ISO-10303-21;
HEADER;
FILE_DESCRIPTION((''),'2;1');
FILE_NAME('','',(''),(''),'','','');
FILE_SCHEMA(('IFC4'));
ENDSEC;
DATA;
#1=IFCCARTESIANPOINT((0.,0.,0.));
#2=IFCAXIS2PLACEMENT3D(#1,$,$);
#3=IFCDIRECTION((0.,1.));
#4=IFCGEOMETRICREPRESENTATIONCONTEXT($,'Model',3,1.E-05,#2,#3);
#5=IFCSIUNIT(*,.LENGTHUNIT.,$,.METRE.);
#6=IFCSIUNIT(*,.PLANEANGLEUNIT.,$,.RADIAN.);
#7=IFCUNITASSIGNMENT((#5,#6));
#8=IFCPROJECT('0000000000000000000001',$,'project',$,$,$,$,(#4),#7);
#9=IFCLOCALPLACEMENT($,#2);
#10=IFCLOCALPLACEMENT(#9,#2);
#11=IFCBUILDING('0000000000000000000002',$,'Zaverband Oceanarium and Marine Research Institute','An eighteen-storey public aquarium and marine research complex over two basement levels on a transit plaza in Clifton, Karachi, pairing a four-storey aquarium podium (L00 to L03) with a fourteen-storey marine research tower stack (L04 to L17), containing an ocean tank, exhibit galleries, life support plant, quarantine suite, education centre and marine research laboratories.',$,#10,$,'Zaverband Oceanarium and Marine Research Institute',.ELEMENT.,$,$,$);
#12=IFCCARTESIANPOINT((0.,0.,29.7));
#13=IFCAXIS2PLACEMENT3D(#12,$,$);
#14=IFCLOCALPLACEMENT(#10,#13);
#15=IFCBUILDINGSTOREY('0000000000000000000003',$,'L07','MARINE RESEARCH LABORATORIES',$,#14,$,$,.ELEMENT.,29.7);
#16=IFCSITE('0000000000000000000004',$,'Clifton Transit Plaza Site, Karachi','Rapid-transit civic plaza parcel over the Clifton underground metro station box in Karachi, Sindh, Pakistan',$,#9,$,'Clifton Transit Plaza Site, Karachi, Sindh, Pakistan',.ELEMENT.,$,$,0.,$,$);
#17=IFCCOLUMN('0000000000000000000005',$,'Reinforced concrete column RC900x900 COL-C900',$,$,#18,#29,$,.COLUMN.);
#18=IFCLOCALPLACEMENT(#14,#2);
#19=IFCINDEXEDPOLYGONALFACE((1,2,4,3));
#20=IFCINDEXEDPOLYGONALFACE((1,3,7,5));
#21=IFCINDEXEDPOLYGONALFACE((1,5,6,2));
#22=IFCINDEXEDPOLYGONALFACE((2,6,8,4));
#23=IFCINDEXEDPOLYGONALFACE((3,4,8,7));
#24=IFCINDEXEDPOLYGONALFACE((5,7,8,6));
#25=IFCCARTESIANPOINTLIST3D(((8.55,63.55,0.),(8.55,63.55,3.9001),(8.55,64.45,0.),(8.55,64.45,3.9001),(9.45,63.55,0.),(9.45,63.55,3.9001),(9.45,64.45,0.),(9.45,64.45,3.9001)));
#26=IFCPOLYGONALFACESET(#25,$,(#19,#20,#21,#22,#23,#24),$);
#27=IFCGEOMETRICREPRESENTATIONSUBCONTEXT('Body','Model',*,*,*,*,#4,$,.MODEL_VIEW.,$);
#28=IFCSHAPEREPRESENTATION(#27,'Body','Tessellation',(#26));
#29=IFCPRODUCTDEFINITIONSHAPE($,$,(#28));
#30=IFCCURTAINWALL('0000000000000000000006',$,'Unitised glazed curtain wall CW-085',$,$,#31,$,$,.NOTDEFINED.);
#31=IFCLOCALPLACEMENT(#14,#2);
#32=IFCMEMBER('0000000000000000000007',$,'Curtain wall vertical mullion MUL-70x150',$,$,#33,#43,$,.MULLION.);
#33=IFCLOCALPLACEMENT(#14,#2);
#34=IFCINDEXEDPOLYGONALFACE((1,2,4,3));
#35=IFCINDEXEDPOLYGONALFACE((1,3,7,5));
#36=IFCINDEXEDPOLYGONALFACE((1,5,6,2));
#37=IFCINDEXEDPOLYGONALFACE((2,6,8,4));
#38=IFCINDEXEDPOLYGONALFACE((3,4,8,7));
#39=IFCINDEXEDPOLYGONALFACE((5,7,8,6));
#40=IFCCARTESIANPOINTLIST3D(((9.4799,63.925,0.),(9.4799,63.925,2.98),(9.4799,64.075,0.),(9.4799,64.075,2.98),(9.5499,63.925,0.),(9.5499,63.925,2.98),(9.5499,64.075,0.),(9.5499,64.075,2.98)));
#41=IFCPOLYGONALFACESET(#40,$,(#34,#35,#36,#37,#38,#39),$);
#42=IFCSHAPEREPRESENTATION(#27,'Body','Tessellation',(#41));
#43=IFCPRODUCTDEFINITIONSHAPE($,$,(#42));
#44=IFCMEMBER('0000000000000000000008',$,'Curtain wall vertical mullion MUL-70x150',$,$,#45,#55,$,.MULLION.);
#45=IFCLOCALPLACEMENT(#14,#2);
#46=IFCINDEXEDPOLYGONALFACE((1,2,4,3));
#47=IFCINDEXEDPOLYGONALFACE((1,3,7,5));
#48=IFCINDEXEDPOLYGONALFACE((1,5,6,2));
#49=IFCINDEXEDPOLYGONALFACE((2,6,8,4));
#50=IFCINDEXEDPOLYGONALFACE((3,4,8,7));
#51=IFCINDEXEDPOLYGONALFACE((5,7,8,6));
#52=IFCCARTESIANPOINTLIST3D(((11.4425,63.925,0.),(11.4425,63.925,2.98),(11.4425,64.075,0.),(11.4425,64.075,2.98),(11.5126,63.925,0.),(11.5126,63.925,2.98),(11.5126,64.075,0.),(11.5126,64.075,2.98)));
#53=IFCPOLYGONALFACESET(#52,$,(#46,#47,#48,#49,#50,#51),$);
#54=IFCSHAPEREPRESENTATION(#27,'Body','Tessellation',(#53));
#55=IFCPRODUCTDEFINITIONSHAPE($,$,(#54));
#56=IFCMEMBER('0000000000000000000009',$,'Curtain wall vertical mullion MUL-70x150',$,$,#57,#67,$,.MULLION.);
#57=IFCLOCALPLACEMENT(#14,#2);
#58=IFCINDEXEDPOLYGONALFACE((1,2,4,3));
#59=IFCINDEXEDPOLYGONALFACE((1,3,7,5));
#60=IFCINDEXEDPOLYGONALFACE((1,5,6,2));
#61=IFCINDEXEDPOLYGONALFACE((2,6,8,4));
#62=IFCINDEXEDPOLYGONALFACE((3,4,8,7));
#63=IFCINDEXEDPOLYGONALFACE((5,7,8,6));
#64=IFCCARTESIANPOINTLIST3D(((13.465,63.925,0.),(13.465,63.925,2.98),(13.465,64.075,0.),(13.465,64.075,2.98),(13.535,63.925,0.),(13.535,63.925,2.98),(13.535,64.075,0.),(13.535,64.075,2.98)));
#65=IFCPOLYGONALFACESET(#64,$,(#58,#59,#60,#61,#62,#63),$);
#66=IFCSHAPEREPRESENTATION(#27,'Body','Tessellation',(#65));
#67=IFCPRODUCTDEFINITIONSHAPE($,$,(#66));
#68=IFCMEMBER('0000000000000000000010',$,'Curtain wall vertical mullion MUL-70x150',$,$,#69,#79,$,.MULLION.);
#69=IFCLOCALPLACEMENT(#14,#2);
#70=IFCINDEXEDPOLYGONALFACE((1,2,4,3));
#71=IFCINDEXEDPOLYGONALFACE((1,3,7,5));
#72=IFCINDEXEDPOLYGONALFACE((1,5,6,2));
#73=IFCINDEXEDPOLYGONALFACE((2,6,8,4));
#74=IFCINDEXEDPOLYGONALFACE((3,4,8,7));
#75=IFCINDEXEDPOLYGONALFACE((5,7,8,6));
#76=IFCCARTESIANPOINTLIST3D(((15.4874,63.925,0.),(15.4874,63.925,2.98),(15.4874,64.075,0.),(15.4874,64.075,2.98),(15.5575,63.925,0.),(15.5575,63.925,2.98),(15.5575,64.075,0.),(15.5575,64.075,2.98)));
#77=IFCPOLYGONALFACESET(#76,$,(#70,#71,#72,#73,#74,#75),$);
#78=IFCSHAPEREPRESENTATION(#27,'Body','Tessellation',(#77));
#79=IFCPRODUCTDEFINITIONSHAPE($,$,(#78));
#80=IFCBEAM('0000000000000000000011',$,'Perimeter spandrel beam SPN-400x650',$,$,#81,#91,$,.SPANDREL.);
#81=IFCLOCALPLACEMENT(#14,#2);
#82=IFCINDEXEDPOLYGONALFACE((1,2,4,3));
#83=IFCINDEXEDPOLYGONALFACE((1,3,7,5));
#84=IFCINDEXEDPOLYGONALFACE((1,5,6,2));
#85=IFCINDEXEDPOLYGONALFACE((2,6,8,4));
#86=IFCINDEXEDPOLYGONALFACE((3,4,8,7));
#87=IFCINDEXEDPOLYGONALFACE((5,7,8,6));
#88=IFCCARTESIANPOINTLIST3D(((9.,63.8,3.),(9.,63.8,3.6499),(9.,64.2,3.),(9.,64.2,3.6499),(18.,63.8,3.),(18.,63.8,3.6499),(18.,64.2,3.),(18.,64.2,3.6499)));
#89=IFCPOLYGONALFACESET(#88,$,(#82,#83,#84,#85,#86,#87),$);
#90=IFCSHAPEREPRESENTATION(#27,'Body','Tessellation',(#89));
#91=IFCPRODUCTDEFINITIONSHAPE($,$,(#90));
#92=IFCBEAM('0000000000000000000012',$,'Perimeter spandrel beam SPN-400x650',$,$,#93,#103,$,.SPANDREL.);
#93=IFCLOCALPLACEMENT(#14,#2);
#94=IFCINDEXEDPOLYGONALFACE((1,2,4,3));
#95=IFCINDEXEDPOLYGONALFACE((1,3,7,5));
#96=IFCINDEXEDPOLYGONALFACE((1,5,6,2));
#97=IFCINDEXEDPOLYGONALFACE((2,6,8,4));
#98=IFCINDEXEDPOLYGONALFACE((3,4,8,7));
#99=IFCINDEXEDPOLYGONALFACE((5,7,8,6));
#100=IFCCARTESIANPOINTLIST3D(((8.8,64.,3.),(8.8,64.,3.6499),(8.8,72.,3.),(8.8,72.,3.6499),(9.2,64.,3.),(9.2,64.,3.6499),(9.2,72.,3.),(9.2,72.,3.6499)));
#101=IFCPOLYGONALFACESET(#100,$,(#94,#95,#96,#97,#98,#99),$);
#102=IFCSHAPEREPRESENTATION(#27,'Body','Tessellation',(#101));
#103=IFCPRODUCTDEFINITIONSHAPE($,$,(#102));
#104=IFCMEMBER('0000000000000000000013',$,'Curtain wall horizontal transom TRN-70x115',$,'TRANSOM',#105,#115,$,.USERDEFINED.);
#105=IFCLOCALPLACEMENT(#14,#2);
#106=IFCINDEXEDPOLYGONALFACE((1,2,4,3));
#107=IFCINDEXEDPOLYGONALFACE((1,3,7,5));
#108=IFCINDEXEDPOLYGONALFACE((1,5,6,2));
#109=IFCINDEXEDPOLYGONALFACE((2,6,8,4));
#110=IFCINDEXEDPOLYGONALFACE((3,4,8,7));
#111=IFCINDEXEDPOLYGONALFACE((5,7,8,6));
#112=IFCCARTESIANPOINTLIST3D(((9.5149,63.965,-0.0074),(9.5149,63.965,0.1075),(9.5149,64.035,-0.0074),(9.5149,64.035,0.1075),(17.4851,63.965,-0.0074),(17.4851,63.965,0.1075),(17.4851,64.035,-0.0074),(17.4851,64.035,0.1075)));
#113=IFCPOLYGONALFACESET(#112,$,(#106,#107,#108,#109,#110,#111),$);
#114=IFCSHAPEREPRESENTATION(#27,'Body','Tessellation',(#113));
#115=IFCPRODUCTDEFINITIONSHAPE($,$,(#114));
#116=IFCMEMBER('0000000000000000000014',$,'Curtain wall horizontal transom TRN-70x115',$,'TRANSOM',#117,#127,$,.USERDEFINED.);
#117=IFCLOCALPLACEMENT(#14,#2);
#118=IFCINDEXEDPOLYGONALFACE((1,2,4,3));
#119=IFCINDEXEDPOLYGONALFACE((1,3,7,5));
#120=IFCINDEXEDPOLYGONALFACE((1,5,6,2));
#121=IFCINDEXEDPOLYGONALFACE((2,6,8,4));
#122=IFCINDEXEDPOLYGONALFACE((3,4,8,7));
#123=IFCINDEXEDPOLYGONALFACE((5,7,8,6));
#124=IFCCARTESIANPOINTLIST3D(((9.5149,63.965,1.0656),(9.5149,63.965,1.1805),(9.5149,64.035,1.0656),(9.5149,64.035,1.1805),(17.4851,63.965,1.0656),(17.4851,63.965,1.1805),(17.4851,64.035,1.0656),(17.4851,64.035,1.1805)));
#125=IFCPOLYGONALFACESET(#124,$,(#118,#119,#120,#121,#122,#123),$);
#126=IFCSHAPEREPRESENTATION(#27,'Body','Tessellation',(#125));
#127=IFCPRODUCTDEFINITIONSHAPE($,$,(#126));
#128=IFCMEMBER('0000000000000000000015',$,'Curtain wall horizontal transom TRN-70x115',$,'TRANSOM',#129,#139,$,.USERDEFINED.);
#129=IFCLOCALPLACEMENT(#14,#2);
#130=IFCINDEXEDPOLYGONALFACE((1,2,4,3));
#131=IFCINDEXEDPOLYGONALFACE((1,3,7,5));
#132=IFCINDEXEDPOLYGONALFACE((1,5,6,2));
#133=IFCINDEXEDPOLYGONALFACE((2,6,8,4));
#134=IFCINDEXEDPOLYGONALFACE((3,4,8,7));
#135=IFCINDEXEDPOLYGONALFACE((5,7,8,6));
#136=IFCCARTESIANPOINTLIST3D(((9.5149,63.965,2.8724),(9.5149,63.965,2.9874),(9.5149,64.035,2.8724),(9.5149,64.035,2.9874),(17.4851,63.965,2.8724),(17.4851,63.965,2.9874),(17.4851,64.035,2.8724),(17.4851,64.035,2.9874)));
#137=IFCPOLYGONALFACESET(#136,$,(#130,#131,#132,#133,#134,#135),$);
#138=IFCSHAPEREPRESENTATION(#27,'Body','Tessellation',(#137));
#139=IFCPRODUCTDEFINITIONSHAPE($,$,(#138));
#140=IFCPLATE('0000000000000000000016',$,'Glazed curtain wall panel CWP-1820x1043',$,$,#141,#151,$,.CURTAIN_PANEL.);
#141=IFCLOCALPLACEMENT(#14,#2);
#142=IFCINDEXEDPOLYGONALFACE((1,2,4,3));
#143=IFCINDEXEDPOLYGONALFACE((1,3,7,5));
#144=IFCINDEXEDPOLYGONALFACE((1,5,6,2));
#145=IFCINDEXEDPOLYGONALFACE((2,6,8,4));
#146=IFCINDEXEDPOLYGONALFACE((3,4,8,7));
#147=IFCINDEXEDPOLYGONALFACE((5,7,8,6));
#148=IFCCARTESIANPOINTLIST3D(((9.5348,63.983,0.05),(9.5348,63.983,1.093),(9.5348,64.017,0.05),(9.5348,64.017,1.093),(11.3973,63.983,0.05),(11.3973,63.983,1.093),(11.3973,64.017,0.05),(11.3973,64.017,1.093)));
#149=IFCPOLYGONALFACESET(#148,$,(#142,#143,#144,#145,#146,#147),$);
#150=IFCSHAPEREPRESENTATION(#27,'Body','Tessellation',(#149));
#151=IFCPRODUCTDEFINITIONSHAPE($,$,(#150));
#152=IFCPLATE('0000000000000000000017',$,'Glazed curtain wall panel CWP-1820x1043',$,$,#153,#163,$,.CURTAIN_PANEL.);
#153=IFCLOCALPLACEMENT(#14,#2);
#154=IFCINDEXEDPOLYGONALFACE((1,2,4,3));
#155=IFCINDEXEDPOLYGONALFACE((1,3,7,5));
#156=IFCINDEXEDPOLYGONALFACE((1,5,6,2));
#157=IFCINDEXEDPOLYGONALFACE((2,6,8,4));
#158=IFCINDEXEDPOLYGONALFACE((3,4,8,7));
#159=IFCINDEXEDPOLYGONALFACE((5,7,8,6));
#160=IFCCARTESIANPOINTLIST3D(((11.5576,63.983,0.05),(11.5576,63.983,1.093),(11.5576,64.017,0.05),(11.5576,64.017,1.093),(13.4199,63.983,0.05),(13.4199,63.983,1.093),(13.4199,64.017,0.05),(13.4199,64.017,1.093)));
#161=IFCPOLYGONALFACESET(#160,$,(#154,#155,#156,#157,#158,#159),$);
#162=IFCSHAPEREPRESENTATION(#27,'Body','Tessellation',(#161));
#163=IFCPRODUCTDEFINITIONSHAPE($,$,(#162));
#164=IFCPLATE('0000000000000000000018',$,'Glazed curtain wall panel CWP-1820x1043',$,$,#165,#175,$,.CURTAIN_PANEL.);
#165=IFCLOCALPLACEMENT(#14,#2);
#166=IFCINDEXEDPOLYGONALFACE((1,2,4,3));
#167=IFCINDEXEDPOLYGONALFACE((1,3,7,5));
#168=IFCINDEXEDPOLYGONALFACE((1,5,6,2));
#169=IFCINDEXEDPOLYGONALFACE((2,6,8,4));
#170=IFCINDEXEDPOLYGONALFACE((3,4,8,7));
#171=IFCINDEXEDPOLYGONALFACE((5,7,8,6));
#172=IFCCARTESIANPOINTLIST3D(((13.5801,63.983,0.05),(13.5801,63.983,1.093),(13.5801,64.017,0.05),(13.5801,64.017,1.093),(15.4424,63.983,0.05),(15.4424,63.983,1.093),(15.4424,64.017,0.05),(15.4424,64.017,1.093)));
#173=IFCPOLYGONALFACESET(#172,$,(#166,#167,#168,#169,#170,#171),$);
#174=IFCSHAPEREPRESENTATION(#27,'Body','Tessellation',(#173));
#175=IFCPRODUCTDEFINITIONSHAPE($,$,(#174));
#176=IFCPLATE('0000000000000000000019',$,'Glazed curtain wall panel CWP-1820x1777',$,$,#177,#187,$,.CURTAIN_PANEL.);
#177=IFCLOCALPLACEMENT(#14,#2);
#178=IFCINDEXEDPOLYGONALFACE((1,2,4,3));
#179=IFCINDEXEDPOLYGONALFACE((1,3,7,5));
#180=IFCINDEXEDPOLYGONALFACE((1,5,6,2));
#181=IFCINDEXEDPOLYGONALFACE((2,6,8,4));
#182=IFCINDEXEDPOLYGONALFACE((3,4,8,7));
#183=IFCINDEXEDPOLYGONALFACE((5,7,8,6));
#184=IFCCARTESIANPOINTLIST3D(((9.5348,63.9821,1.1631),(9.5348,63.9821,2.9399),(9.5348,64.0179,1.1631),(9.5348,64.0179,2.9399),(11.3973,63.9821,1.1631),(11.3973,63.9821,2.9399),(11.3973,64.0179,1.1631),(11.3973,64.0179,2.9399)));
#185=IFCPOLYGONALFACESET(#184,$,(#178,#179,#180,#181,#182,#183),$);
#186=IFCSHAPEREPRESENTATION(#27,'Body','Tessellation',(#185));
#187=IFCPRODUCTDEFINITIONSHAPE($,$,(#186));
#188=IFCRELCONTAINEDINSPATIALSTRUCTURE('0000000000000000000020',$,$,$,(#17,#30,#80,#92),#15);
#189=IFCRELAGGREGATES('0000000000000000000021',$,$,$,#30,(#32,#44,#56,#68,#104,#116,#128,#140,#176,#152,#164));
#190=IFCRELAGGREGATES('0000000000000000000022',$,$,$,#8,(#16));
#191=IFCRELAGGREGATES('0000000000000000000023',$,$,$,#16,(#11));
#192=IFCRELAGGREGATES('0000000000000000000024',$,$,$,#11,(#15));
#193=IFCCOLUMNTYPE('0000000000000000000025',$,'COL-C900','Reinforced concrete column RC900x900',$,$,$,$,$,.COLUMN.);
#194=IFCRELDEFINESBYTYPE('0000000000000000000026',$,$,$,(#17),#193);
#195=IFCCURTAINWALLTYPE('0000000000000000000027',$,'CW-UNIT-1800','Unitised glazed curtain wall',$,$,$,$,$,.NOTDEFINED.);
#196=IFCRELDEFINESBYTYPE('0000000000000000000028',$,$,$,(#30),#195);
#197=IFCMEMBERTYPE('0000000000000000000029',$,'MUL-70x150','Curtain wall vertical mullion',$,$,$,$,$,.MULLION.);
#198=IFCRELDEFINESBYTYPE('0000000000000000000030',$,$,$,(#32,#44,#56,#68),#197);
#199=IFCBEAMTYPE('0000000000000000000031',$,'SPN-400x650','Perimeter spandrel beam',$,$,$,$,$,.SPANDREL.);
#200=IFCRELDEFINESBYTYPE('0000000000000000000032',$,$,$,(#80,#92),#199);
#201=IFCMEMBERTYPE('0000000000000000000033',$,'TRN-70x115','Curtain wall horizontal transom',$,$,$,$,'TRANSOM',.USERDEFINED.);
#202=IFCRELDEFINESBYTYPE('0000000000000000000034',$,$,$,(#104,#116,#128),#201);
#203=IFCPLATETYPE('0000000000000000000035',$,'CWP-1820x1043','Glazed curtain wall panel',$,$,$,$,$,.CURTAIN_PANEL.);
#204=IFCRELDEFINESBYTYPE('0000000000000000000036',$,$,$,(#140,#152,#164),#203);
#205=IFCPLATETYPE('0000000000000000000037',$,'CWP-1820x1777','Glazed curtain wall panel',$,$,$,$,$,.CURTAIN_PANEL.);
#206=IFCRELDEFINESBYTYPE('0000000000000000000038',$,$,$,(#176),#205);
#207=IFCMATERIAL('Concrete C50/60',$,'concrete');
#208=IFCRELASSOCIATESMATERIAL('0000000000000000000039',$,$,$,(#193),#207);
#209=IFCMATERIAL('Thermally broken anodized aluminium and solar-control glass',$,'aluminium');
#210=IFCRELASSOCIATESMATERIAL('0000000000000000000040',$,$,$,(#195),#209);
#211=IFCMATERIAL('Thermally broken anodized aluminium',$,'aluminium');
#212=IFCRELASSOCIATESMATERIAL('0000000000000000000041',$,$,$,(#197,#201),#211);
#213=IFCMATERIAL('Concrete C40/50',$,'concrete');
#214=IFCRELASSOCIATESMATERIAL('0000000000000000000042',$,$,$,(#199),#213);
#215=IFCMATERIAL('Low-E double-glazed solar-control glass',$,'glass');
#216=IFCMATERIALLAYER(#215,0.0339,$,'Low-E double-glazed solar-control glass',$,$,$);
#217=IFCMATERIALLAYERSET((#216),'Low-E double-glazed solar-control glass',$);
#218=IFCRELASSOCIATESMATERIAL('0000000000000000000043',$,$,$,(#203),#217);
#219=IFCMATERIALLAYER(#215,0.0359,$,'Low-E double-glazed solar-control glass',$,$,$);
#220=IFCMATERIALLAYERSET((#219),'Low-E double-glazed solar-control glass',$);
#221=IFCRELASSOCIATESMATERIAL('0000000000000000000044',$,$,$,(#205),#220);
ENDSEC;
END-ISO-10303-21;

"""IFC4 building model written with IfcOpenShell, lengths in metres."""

from ifc_helpers import new_model, si_unit, direction, frame, frame_2d, origin, origin_2d, place, context, subcontext, project, spatial, rectangle, extrude, material, layer, layer_set, material_profile, profile_set, type_object, element, aggregate, save


model = new_model("IFC4")

# Units and contexts
model_context = context("Model", 3, precision=1e-05, world=origin(), true_north=direction((0.0, 1.0)))
body_context = subcontext(model_context, "Body", "Model", "MODEL_VIEW")
ifc_project = project(units=[si_unit("LENGTHUNIT", "METRE"), si_unit("PLANEANGLEUNIT", "RADIAN")], contexts=[model_context])

# Site, building, storey
site_placement = place(None, origin())
site = spatial("IfcSite", under=ifc_project, at=site_placement, Name="Clifton Transit Plaza Site, Karachi", Description="Rapid-transit civic plaza parcel over the Clifton underground metro station box in Karachi, Sindh, Pakistan", LongName="Clifton Transit Plaza Site, Karachi, Sindh, Pakistan", CompositionType="ELEMENT", RefElevation=0.0)
building_placement = place(site_placement, origin())
building = spatial("IfcBuilding", under=site, at=building_placement, Name="Zaverband Oceanarium and Marine Research Institute", Description="An eighteen-storey public aquarium and marine research complex over two basement levels on a transit plaza in Clifton, Karachi, pairing a four-storey aquarium podium (L00 to L03) with a fourteen-storey marine research tower stack (L04 to L17), containing an ocean tank, exhibit galleries, life support plant, quarantine suite, education centre and marine research laboratories.", LongName="Zaverband Oceanarium and Marine Research Institute", CompositionType="ELEMENT")
storey_placement = place(building_placement, frame((0.0, 0.0, 29.7)))
storey = spatial("IfcBuildingStorey", under=building, at=storey_placement, Name="L07", Description="MARINE RESEARCH LABORATORIES", CompositionType="ELEMENT", Elevation=29.7)

# Column
ifc_material_1 = material(Name="Concrete C50/60", Category="concrete")
ifc_material_profile_1 = material_profile(ifc_material_1, rectangle(XDim=0.8999, YDim=0.8999, at=origin_2d()), Name="RC900x900")
ifc_profile_set_1 = profile_set([ifc_material_profile_1], Name="Concrete C50/60")
column_type = type_object("IfcColumnType", Name="COL-C900", Description="Reinforced concrete column RC900x900", PredefinedType="COLUMN", material=ifc_profile_set_1)
column_placement = place(storey_placement, frame((9.0, 64.0, 0.0), z_axis=(0.0, 0.0, 1.0), x_axis=(1.0, 0.0, 0.0)))
element("IfcColumn", 1, at=column_placement, inside=storey, type_object=column_type, Name="Reinforced concrete column RC900x900 COL-C900", PredefinedType="COLUMN", context=body_context, shape_type="SweptSolid", body=[
    extrude(rectangle(XDim=0.8999, YDim=0.8999, at=origin_2d()), origin(), (0.0, 0.0, 1.0), 3.9001),
])

# Curtain wall, members
ifc_material_2 = material(Name="Thermally broken anodized aluminium and solar-control glass", Category="aluminium")
curtain_wall_type = type_object("IfcCurtainWallType", Name="CW-UNIT-1800", Description="Unitised glazed curtain wall", PredefinedType="NOTDEFINED", material=ifc_material_2)
curtain_wall_placement = place(storey_placement, origin())
curtain_wall = element("IfcCurtainWall", 2, at=curtain_wall_placement, inside=storey, type_object=curtain_wall_type, Name="Unitised glazed curtain wall CW-085", PredefinedType="NOTDEFINED")
ifc_material_3 = material(Name="Thermally broken anodized aluminium", Category="aluminium")
ifc_material_profile_2 = material_profile(ifc_material_3, rectangle(XDim=0.0701, YDim=0.1499, at=origin_2d()), Name="AL-MUL-70x150")
ifc_profile_set_2 = profile_set([ifc_material_profile_2], Name="Thermally broken anodized aluminium")
member_type_1 = type_object("IfcMemberType", Name="MUL-70x150", Description="Curtain wall vertical mullion", PredefinedType="MULLION", material=ifc_profile_set_2)
member_1_placement = place(storey_placement, frame((9.5149, 64.0, 0.0), z_axis=(0.0, 0.0, 1.0), x_axis=(1.0, 0.0, 0.0)))
member_1 = element("IfcMember", 3, at=member_1_placement, type_object=member_type_1, Name="Curtain wall vertical mullion MUL-70x150", PredefinedType="MULLION", context=body_context, shape_type="SweptSolid", body=[
    extrude(rectangle(XDim=0.0701, YDim=0.1499, at=origin_2d()), origin(), (0.0, 0.0, 1.0), 2.98),
])
member_2_placement = place(storey_placement, frame((11.4775, 64.0, 0.0), z_axis=(0.0, 0.0, 1.0), x_axis=(1.0, 0.0, 0.0)))
member_2 = element("IfcMember", 4, at=member_2_placement, type_object=member_type_1, Name="Curtain wall vertical mullion MUL-70x150", PredefinedType="MULLION", context=body_context, shape_type="SweptSolid", body=[
    extrude(rectangle(XDim=0.0701, YDim=0.1499, at=origin_2d()), origin(), (0.0, 0.0, 1.0), 2.98),
])
member_3_placement = place(storey_placement, frame((13.5, 64.0, 0.0), z_axis=(0.0, 0.0, 1.0), x_axis=(1.0, 0.0, 0.0)))
member_3 = element("IfcMember", 5, at=member_3_placement, type_object=member_type_1, Name="Curtain wall vertical mullion MUL-70x150", PredefinedType="MULLION", context=body_context, shape_type="SweptSolid", body=[
    extrude(rectangle(XDim=0.0701, YDim=0.1499, at=origin_2d()), origin(), (0.0, 0.0, 1.0), 2.98),
])
member_4_placement = place(storey_placement, frame((15.5225, 64.0, 0.0), z_axis=(0.0, 0.0, 1.0), x_axis=(1.0, 0.0, 0.0)))
member_4 = element("IfcMember", 6, at=member_4_placement, type_object=member_type_1, Name="Curtain wall vertical mullion MUL-70x150", PredefinedType="MULLION", context=body_context, shape_type="SweptSolid", body=[
    extrude(rectangle(XDim=0.0701, YDim=0.1499, at=origin_2d()), origin(), (0.0, 0.0, 1.0), 2.98),
])

# Beams
ifc_material_4 = material(Name="Concrete C40/50", Category="concrete")
ifc_material_profile_3 = material_profile(ifc_material_4, rectangle(XDim=0.3999, YDim=0.6499, at=origin_2d()), Name="RC400x650")
ifc_profile_set_3 = profile_set([ifc_material_profile_3], Name="Concrete C40/50")
beam_type = type_object("IfcBeamType", Name="SPN-400x650", Description="Perimeter spandrel beam", PredefinedType="SPANDREL", material=ifc_profile_set_3)
beam_1_placement = place(storey_placement, frame((9.0, 64.0, 3.325), z_axis=(1.0, 0.0, 0.0), x_axis=(0.0, 1.0, 0.0)))
element("IfcBeam", 7, at=beam_1_placement, inside=storey, type_object=beam_type, Name="Perimeter spandrel beam SPN-400x650", PredefinedType="SPANDREL", context=body_context, shape_type="SweptSolid", body=[
    extrude(rectangle(XDim=0.3999, YDim=0.6499, at=origin_2d()), origin(), (0.0, 0.0, 1.0), 9.0),
])
beam_2_placement = place(storey_placement, frame((9.0, 64.0, 3.325), z_axis=(0.0, 1.0, 0.0), x_axis=(-1.0, 0.0, 0.0)))
element("IfcBeam", 8, at=beam_2_placement, inside=storey, type_object=beam_type, Name="Perimeter spandrel beam SPN-400x650", PredefinedType="SPANDREL", context=body_context, shape_type="SweptSolid", body=[
    extrude(rectangle(XDim=0.3999, YDim=0.6499, at=origin_2d()), origin(), (0.0, 0.0, 1.0), 8.0),
])

# Members
ifc_material_profile_4 = material_profile(ifc_material_3, rectangle(XDim=0.0701, YDim=0.115, at=origin_2d()), Name="AL-TRN-70x115")
ifc_profile_set_4 = profile_set([ifc_material_profile_4], Name="Thermally broken anodized aluminium")
member_type_2 = type_object("IfcMemberType", Name="TRN-70x115", Description="Curtain wall horizontal transom", ElementType="TRANSOM", PredefinedType="USERDEFINED", material=ifc_profile_set_4)
member_5_placement = place(storey_placement, frame((9.5149, 64.0, 0.05), z_axis=(1.0, 0.0, 0.0), x_axis=(0.0, 1.0, 0.0)))
member_5 = element("IfcMember", 9, at=member_5_placement, type_object=member_type_2, Name="Curtain wall horizontal transom TRN-70x115", ObjectType="TRANSOM", PredefinedType="USERDEFINED", context=body_context, shape_type="SweptSolid", body=[
    extrude(rectangle(XDim=0.0701, YDim=0.115, at=origin_2d()), origin(), (0.0, 0.0, 1.0), 7.9702),
])
member_6_placement = place(storey_placement, frame((9.5149, 64.0, 1.123), z_axis=(1.0, 0.0, 0.0), x_axis=(0.0, 1.0, 0.0)))
member_6 = element("IfcMember", 10, at=member_6_placement, type_object=member_type_2, Name="Curtain wall horizontal transom TRN-70x115", ObjectType="TRANSOM", PredefinedType="USERDEFINED", context=body_context, shape_type="SweptSolid", body=[
    extrude(rectangle(XDim=0.0701, YDim=0.115, at=origin_2d()), origin(), (0.0, 0.0, 1.0), 7.9702),
])
member_7_placement = place(storey_placement, frame((9.5149, 64.0, 2.9299), z_axis=(1.0, 0.0, 0.0), x_axis=(0.0, 1.0, 0.0)))
member_7 = element("IfcMember", 11, at=member_7_placement, type_object=member_type_2, Name="Curtain wall horizontal transom TRN-70x115", ObjectType="TRANSOM", PredefinedType="USERDEFINED", context=body_context, shape_type="SweptSolid", body=[
    extrude(rectangle(XDim=0.0701, YDim=0.115, at=origin_2d()), origin(), (0.0, 0.0, 1.0), 7.9702),
])

# Plates
ifc_material_5 = material(Name="Low-E double-glazed solar-control glass", Category="glass")
ifc_layer_1 = layer(ifc_material_5, 0.0339, Name="Low-E double-glazed solar-control glass")
ifc_layer_set_1 = layer_set([ifc_layer_1], Name="Low-E double-glazed solar-control glass")
plate_type_1 = type_object("IfcPlateType", Name="CWP-1820x1043", Description="Glazed curtain wall panel", PredefinedType="CURTAIN_PANEL", material=ifc_layer_set_1)
plate_1_placement = place(storey_placement, frame((9.5349, 64.0, 0.05), z_axis=(0.0, 0.0, 1.0), x_axis=(1.0, 0.0, 0.0)))
plate_1 = element("IfcPlate", 12, at=plate_1_placement, type_object=plate_type_1, Name="Glazed curtain wall panel CWP-1820x1043", PredefinedType="CURTAIN_PANEL", context=body_context, shape_type="SweptSolid", body=[
    extrude(rectangle(XDim=1.8625, YDim=0.0339, at=frame_2d((0.9312, 0.0))), origin(), (0.0, 0.0, 1.0), 1.043),
])
plate_2_placement = place(storey_placement, frame((11.5576, 64.0, 0.05), z_axis=(0.0, 0.0, 1.0), x_axis=(1.0, 0.0, 0.0)))
plate_2 = element("IfcPlate", 13, at=plate_2_placement, type_object=plate_type_1, Name="Glazed curtain wall panel CWP-1820x1043", PredefinedType="CURTAIN_PANEL", context=body_context, shape_type="SweptSolid", body=[
    extrude(rectangle(XDim=1.8623, YDim=0.0339, at=frame_2d((0.9312, 0.0))), origin(), (0.0, 0.0, 1.0), 1.043),
])
plate_3_placement = place(storey_placement, frame((13.5801, 64.0, 0.05), z_axis=(0.0, 0.0, 1.0), x_axis=(1.0, 0.0, 0.0)))
plate_3 = element("IfcPlate", 14, at=plate_3_placement, type_object=plate_type_1, Name="Glazed curtain wall panel CWP-1820x1043", PredefinedType="CURTAIN_PANEL", context=body_context, shape_type="SweptSolid", body=[
    extrude(rectangle(XDim=1.8623, YDim=0.0339, at=frame_2d((0.9312, 0.0))), origin(), (0.0, 0.0, 1.0), 1.043),
])
ifc_layer_2 = layer(ifc_material_5, 0.0359, Name="Low-E double-glazed solar-control glass")
ifc_layer_set_2 = layer_set([ifc_layer_2], Name="Low-E double-glazed solar-control glass")
plate_type_2 = type_object("IfcPlateType", Name="CWP-1820x1777", Description="Glazed curtain wall panel", PredefinedType="CURTAIN_PANEL", material=ifc_layer_set_2)
plate_4_placement = place(storey_placement, frame((9.5349, 64.0, 1.1631), z_axis=(0.0, 0.0, 1.0), x_axis=(1.0, 0.0, 0.0)))
plate_4 = element("IfcPlate", 15, at=plate_4_placement, type_object=plate_type_2, Name="Glazed curtain wall panel CWP-1820x1777", PredefinedType="CURTAIN_PANEL", context=body_context, shape_type="SweptSolid", body=[
    extrude(rectangle(XDim=1.8625, YDim=0.0359, at=frame_2d((0.9312, 0.0))), origin(), (0.0, 0.0, 1.0), 1.7769),
])
aggregate(curtain_wall, [member_1, member_2, member_3, member_4, member_5, member_6, member_7, plate_1, plate_4, plate_2, plate_3])

save(model, "model.ifc")
